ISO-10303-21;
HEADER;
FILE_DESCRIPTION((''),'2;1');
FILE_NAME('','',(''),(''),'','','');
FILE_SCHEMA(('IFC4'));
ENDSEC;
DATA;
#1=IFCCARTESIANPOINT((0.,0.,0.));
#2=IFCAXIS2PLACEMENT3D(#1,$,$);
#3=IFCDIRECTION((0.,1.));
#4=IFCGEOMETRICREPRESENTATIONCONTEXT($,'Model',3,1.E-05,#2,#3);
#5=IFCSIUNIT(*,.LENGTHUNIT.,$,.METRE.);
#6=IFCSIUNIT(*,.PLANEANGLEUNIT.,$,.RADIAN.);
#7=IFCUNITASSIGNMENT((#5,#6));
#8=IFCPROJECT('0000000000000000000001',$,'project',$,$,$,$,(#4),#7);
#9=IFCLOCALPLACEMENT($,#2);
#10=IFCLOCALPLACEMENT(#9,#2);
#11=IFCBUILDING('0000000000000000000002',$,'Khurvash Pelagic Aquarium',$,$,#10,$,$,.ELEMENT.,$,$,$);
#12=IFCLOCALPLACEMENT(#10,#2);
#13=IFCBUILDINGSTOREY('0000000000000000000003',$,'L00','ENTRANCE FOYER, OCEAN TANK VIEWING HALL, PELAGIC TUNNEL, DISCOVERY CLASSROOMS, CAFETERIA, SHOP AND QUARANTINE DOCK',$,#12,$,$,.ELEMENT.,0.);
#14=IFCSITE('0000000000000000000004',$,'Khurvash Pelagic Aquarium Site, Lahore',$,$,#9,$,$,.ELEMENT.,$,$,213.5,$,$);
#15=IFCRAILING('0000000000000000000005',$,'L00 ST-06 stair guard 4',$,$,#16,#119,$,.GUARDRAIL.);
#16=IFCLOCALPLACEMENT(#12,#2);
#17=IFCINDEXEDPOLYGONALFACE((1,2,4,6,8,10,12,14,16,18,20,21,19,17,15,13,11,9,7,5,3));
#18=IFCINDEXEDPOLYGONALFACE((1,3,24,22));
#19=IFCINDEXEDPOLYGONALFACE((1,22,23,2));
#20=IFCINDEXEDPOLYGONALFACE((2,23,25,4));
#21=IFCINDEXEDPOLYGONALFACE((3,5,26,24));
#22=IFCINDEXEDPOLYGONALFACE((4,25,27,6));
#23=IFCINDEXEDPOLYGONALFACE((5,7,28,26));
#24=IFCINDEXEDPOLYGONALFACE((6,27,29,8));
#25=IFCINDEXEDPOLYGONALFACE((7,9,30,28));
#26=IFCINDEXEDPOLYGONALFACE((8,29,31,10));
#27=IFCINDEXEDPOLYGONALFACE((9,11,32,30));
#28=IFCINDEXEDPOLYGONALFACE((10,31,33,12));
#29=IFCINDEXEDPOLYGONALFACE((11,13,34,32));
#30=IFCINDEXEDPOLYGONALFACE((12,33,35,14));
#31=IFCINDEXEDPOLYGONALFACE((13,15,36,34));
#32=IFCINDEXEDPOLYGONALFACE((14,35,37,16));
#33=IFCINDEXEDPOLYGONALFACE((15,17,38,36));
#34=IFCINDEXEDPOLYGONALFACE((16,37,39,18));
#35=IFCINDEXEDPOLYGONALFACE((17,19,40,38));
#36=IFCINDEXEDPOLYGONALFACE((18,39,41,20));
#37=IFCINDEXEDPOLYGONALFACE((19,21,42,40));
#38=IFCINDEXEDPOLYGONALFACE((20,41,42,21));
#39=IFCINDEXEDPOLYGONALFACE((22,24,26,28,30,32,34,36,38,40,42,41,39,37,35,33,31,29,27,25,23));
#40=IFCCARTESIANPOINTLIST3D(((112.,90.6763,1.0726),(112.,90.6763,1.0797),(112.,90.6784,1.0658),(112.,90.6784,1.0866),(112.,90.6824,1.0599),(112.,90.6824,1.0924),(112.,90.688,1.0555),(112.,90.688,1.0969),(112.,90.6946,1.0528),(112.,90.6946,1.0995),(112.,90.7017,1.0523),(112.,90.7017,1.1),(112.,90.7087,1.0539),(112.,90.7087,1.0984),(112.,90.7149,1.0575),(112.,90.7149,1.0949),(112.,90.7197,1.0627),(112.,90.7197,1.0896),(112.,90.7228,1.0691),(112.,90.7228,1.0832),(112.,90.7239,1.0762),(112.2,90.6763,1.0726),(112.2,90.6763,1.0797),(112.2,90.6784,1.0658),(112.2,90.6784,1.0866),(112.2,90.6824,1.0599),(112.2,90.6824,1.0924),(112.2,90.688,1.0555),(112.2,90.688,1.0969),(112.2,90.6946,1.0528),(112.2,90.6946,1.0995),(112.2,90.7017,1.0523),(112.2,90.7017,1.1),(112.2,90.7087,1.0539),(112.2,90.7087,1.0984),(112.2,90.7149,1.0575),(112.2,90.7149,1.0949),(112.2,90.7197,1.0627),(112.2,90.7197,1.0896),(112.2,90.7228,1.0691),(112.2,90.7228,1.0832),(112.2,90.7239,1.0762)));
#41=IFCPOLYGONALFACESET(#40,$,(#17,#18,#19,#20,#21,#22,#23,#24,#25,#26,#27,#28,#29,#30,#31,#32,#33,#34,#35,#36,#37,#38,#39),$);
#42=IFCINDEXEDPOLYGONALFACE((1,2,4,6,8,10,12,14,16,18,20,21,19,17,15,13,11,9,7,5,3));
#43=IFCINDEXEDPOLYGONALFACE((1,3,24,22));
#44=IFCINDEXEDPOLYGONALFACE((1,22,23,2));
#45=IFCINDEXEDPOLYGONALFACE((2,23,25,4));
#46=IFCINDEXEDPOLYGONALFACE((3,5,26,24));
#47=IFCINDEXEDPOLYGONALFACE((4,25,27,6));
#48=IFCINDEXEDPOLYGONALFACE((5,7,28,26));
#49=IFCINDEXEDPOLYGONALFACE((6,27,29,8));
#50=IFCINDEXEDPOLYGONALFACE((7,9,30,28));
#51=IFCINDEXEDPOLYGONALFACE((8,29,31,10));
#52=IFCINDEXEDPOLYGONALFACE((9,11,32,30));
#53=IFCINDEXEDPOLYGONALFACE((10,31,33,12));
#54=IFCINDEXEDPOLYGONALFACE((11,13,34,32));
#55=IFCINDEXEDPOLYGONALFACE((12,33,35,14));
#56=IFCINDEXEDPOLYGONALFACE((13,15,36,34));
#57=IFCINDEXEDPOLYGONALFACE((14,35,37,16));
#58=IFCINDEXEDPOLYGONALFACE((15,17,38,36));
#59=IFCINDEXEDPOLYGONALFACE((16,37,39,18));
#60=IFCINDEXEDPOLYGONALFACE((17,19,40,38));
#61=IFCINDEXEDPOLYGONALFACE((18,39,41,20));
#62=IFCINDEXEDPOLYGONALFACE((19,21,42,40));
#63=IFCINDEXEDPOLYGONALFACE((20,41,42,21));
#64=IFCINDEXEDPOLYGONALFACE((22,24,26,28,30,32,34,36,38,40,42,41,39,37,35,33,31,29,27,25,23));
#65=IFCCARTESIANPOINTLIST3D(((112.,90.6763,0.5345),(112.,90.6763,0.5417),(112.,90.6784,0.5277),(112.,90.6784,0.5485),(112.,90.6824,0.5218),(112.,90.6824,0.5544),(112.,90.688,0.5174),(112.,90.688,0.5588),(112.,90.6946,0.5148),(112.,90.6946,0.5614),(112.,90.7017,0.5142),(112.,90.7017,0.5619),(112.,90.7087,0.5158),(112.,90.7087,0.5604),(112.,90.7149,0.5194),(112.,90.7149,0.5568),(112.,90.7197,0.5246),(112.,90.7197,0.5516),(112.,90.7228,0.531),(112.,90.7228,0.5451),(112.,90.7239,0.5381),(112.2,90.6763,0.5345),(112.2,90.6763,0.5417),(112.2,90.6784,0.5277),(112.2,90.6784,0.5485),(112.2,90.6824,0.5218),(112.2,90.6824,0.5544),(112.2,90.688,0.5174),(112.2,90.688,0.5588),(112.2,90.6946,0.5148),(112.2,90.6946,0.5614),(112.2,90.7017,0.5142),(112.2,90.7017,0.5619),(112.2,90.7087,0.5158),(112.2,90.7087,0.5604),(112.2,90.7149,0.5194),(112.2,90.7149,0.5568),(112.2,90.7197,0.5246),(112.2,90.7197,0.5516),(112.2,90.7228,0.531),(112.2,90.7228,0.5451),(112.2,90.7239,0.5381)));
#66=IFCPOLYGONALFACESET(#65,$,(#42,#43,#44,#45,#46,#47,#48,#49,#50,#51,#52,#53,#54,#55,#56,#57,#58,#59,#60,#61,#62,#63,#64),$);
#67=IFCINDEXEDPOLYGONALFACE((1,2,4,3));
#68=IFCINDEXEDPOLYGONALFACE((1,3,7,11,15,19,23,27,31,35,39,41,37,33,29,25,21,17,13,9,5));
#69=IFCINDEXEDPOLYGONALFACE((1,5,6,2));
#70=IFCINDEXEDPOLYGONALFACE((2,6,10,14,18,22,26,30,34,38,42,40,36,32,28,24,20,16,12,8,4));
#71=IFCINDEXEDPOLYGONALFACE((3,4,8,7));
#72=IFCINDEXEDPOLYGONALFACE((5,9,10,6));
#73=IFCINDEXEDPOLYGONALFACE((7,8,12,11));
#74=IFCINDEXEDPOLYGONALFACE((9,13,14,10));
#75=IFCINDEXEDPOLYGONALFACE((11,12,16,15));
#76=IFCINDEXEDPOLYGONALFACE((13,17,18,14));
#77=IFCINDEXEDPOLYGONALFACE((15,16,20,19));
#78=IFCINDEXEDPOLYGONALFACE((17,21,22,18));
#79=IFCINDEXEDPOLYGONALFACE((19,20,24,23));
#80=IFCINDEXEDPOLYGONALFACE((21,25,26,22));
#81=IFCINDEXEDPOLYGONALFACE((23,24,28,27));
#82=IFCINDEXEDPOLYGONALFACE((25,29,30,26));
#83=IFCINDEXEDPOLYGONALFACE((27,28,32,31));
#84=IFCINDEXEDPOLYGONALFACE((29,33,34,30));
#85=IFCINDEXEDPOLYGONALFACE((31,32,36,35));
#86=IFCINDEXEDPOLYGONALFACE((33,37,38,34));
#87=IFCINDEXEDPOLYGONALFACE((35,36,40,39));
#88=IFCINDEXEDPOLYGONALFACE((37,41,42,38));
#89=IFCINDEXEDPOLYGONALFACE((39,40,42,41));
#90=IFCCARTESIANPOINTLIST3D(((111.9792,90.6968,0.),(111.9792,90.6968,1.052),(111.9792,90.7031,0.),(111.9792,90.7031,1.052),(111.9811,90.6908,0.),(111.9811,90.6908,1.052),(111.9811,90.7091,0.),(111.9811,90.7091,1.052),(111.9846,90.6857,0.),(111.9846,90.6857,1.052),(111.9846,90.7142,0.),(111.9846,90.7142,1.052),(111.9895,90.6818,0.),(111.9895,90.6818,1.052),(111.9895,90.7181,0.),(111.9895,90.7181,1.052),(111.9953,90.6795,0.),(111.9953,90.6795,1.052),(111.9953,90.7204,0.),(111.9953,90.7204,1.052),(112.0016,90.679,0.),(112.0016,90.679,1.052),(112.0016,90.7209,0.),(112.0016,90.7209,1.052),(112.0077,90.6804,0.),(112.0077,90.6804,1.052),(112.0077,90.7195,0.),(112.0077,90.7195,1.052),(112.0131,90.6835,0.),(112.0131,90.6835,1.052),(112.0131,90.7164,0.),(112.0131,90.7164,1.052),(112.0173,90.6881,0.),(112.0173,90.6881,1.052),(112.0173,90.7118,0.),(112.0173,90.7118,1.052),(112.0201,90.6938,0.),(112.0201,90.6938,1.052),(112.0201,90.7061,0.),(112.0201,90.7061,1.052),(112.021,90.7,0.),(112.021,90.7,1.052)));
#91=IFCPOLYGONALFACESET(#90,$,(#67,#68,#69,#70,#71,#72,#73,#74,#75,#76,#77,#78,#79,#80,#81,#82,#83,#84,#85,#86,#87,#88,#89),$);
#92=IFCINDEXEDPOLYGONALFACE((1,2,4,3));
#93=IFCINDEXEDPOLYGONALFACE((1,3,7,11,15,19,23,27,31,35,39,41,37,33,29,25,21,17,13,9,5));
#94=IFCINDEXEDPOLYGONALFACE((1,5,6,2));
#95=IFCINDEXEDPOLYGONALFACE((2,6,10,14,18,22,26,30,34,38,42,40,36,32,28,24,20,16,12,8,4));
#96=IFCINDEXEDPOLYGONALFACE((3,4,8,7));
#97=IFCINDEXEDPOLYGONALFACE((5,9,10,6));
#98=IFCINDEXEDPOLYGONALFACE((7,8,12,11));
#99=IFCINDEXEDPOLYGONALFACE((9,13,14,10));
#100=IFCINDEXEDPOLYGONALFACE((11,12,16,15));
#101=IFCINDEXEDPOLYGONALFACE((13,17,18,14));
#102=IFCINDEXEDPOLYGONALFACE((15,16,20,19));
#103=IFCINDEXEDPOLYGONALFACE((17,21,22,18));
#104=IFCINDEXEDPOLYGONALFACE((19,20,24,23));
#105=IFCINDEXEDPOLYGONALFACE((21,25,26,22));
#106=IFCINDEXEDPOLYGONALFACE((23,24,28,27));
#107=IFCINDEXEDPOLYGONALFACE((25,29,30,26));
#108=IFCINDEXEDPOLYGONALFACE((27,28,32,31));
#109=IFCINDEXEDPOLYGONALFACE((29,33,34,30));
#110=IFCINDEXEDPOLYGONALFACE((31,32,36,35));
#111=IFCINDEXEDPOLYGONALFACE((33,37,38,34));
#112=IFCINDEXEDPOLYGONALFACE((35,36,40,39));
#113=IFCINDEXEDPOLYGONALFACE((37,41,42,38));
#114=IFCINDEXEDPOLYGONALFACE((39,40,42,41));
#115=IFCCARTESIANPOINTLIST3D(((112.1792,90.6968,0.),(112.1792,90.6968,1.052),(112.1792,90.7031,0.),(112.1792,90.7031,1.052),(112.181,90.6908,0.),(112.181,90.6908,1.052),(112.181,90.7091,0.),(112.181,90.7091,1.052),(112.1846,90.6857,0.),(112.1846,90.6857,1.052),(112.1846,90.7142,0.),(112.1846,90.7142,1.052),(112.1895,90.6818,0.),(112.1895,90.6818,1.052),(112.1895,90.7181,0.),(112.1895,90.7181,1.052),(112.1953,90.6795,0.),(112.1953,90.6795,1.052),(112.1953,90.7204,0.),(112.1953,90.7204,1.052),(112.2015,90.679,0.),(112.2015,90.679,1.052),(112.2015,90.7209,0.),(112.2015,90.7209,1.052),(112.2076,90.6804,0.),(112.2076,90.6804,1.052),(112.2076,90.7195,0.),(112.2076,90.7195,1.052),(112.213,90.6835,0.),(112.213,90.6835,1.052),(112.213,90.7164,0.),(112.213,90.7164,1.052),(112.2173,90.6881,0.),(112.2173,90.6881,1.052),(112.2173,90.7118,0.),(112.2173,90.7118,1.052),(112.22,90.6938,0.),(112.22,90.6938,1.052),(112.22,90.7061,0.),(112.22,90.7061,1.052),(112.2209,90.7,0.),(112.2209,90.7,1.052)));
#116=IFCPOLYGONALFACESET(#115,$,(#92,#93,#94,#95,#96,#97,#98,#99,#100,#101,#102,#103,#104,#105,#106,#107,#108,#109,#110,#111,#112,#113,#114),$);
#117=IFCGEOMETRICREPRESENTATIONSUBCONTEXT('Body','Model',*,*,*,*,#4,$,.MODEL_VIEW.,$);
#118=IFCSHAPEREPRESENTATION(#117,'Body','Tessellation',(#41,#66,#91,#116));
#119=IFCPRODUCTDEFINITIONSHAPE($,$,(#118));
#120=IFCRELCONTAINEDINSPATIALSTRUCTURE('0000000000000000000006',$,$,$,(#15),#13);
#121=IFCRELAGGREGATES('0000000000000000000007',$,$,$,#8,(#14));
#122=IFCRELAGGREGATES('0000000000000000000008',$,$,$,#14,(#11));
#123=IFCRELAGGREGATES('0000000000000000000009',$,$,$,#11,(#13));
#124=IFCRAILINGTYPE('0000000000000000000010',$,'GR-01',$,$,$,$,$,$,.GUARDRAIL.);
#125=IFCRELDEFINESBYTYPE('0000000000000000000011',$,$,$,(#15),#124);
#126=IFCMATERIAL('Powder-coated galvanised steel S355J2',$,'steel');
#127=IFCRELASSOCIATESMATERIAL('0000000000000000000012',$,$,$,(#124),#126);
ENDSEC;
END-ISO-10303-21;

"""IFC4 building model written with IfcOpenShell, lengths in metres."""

from ifc_helpers import new_model, si_unit, direction, frame, origin, origin_2d, place, context, subcontext, project, spatial, circle, extrude, material, type_object, element, save


model = new_model("IFC4")

# Units and contexts
model_context = context("Model", 3, precision=1e-05, world=origin(), true_north=direction((0.0, 1.0)))
body_context = subcontext(model_context, "Body", "Model", "MODEL_VIEW")
ifc_project = project(units=[si_unit("LENGTHUNIT", "METRE"), si_unit("PLANEANGLEUNIT", "RADIAN")], contexts=[model_context])

# Site, building, storey
site_placement = place(None, origin())
site = spatial("IfcSite", under=ifc_project, at=site_placement, Name="Khurvash Pelagic Aquarium Site, Lahore", CompositionType="ELEMENT", RefElevation=213.5)
building_placement = place(site_placement, origin())
building = spatial("IfcBuilding", under=site, at=building_placement, Name="Khurvash Pelagic Aquarium", CompositionType="ELEMENT")
storey_placement = place(building_placement, origin())
storey = spatial("IfcBuildingStorey", under=building, at=storey_placement, Name="L00", Description="ENTRANCE FOYER, OCEAN TANK VIEWING HALL, PELAGIC TUNNEL, DISCOVERY CLASSROOMS, CAFETERIA, SHOP AND QUARANTINE DOCK", CompositionType="ELEMENT", Elevation=0.0)

# Railing
ifc_material_1 = material(Name="Powder-coated galvanised steel S355J2", Category="steel")
railing_type = type_object("IfcRailingType", Name="GR-01", PredefinedType="GUARDRAIL", material=ifc_material_1)
railing_1_placement = place(storey_placement, frame((112.0, 90.7, 0.0)))
element("IfcRailing", 1, at=railing_1_placement, inside=storey, type_object=railing_type, Name="L00 ST-06 stair guard 4", PredefinedType="GUARDRAIL", context=body_context, shape_type="SweptSolid", body=[
    extrude(circle(Radius=0.0239, at=origin_2d()), frame((0.0, 0.0, 1.0762), z_axis=(1.0, 0.0, 0.0), x_axis=(0.0, 1.0, 0.0)), (0.0, 0.0, 1.0), 0.2),
    extrude(circle(Radius=0.0239, at=origin_2d()), frame((0.0, 0.0, 0.5381), z_axis=(1.0, 0.0, 0.0), x_axis=(0.0, 1.0, 0.0)), (0.0, 0.0, 1.0), 0.2),
    extrude(circle(Radius=0.021, at=origin_2d()), origin(), (0.0, 0.0, 1.0), 1.052),
    extrude(circle(Radius=0.021, at=origin_2d()), frame((0.2, 0.0, 0.0)), (0.0, 0.0, 1.0), 1.052),
])

save(model, "model.ifc")
